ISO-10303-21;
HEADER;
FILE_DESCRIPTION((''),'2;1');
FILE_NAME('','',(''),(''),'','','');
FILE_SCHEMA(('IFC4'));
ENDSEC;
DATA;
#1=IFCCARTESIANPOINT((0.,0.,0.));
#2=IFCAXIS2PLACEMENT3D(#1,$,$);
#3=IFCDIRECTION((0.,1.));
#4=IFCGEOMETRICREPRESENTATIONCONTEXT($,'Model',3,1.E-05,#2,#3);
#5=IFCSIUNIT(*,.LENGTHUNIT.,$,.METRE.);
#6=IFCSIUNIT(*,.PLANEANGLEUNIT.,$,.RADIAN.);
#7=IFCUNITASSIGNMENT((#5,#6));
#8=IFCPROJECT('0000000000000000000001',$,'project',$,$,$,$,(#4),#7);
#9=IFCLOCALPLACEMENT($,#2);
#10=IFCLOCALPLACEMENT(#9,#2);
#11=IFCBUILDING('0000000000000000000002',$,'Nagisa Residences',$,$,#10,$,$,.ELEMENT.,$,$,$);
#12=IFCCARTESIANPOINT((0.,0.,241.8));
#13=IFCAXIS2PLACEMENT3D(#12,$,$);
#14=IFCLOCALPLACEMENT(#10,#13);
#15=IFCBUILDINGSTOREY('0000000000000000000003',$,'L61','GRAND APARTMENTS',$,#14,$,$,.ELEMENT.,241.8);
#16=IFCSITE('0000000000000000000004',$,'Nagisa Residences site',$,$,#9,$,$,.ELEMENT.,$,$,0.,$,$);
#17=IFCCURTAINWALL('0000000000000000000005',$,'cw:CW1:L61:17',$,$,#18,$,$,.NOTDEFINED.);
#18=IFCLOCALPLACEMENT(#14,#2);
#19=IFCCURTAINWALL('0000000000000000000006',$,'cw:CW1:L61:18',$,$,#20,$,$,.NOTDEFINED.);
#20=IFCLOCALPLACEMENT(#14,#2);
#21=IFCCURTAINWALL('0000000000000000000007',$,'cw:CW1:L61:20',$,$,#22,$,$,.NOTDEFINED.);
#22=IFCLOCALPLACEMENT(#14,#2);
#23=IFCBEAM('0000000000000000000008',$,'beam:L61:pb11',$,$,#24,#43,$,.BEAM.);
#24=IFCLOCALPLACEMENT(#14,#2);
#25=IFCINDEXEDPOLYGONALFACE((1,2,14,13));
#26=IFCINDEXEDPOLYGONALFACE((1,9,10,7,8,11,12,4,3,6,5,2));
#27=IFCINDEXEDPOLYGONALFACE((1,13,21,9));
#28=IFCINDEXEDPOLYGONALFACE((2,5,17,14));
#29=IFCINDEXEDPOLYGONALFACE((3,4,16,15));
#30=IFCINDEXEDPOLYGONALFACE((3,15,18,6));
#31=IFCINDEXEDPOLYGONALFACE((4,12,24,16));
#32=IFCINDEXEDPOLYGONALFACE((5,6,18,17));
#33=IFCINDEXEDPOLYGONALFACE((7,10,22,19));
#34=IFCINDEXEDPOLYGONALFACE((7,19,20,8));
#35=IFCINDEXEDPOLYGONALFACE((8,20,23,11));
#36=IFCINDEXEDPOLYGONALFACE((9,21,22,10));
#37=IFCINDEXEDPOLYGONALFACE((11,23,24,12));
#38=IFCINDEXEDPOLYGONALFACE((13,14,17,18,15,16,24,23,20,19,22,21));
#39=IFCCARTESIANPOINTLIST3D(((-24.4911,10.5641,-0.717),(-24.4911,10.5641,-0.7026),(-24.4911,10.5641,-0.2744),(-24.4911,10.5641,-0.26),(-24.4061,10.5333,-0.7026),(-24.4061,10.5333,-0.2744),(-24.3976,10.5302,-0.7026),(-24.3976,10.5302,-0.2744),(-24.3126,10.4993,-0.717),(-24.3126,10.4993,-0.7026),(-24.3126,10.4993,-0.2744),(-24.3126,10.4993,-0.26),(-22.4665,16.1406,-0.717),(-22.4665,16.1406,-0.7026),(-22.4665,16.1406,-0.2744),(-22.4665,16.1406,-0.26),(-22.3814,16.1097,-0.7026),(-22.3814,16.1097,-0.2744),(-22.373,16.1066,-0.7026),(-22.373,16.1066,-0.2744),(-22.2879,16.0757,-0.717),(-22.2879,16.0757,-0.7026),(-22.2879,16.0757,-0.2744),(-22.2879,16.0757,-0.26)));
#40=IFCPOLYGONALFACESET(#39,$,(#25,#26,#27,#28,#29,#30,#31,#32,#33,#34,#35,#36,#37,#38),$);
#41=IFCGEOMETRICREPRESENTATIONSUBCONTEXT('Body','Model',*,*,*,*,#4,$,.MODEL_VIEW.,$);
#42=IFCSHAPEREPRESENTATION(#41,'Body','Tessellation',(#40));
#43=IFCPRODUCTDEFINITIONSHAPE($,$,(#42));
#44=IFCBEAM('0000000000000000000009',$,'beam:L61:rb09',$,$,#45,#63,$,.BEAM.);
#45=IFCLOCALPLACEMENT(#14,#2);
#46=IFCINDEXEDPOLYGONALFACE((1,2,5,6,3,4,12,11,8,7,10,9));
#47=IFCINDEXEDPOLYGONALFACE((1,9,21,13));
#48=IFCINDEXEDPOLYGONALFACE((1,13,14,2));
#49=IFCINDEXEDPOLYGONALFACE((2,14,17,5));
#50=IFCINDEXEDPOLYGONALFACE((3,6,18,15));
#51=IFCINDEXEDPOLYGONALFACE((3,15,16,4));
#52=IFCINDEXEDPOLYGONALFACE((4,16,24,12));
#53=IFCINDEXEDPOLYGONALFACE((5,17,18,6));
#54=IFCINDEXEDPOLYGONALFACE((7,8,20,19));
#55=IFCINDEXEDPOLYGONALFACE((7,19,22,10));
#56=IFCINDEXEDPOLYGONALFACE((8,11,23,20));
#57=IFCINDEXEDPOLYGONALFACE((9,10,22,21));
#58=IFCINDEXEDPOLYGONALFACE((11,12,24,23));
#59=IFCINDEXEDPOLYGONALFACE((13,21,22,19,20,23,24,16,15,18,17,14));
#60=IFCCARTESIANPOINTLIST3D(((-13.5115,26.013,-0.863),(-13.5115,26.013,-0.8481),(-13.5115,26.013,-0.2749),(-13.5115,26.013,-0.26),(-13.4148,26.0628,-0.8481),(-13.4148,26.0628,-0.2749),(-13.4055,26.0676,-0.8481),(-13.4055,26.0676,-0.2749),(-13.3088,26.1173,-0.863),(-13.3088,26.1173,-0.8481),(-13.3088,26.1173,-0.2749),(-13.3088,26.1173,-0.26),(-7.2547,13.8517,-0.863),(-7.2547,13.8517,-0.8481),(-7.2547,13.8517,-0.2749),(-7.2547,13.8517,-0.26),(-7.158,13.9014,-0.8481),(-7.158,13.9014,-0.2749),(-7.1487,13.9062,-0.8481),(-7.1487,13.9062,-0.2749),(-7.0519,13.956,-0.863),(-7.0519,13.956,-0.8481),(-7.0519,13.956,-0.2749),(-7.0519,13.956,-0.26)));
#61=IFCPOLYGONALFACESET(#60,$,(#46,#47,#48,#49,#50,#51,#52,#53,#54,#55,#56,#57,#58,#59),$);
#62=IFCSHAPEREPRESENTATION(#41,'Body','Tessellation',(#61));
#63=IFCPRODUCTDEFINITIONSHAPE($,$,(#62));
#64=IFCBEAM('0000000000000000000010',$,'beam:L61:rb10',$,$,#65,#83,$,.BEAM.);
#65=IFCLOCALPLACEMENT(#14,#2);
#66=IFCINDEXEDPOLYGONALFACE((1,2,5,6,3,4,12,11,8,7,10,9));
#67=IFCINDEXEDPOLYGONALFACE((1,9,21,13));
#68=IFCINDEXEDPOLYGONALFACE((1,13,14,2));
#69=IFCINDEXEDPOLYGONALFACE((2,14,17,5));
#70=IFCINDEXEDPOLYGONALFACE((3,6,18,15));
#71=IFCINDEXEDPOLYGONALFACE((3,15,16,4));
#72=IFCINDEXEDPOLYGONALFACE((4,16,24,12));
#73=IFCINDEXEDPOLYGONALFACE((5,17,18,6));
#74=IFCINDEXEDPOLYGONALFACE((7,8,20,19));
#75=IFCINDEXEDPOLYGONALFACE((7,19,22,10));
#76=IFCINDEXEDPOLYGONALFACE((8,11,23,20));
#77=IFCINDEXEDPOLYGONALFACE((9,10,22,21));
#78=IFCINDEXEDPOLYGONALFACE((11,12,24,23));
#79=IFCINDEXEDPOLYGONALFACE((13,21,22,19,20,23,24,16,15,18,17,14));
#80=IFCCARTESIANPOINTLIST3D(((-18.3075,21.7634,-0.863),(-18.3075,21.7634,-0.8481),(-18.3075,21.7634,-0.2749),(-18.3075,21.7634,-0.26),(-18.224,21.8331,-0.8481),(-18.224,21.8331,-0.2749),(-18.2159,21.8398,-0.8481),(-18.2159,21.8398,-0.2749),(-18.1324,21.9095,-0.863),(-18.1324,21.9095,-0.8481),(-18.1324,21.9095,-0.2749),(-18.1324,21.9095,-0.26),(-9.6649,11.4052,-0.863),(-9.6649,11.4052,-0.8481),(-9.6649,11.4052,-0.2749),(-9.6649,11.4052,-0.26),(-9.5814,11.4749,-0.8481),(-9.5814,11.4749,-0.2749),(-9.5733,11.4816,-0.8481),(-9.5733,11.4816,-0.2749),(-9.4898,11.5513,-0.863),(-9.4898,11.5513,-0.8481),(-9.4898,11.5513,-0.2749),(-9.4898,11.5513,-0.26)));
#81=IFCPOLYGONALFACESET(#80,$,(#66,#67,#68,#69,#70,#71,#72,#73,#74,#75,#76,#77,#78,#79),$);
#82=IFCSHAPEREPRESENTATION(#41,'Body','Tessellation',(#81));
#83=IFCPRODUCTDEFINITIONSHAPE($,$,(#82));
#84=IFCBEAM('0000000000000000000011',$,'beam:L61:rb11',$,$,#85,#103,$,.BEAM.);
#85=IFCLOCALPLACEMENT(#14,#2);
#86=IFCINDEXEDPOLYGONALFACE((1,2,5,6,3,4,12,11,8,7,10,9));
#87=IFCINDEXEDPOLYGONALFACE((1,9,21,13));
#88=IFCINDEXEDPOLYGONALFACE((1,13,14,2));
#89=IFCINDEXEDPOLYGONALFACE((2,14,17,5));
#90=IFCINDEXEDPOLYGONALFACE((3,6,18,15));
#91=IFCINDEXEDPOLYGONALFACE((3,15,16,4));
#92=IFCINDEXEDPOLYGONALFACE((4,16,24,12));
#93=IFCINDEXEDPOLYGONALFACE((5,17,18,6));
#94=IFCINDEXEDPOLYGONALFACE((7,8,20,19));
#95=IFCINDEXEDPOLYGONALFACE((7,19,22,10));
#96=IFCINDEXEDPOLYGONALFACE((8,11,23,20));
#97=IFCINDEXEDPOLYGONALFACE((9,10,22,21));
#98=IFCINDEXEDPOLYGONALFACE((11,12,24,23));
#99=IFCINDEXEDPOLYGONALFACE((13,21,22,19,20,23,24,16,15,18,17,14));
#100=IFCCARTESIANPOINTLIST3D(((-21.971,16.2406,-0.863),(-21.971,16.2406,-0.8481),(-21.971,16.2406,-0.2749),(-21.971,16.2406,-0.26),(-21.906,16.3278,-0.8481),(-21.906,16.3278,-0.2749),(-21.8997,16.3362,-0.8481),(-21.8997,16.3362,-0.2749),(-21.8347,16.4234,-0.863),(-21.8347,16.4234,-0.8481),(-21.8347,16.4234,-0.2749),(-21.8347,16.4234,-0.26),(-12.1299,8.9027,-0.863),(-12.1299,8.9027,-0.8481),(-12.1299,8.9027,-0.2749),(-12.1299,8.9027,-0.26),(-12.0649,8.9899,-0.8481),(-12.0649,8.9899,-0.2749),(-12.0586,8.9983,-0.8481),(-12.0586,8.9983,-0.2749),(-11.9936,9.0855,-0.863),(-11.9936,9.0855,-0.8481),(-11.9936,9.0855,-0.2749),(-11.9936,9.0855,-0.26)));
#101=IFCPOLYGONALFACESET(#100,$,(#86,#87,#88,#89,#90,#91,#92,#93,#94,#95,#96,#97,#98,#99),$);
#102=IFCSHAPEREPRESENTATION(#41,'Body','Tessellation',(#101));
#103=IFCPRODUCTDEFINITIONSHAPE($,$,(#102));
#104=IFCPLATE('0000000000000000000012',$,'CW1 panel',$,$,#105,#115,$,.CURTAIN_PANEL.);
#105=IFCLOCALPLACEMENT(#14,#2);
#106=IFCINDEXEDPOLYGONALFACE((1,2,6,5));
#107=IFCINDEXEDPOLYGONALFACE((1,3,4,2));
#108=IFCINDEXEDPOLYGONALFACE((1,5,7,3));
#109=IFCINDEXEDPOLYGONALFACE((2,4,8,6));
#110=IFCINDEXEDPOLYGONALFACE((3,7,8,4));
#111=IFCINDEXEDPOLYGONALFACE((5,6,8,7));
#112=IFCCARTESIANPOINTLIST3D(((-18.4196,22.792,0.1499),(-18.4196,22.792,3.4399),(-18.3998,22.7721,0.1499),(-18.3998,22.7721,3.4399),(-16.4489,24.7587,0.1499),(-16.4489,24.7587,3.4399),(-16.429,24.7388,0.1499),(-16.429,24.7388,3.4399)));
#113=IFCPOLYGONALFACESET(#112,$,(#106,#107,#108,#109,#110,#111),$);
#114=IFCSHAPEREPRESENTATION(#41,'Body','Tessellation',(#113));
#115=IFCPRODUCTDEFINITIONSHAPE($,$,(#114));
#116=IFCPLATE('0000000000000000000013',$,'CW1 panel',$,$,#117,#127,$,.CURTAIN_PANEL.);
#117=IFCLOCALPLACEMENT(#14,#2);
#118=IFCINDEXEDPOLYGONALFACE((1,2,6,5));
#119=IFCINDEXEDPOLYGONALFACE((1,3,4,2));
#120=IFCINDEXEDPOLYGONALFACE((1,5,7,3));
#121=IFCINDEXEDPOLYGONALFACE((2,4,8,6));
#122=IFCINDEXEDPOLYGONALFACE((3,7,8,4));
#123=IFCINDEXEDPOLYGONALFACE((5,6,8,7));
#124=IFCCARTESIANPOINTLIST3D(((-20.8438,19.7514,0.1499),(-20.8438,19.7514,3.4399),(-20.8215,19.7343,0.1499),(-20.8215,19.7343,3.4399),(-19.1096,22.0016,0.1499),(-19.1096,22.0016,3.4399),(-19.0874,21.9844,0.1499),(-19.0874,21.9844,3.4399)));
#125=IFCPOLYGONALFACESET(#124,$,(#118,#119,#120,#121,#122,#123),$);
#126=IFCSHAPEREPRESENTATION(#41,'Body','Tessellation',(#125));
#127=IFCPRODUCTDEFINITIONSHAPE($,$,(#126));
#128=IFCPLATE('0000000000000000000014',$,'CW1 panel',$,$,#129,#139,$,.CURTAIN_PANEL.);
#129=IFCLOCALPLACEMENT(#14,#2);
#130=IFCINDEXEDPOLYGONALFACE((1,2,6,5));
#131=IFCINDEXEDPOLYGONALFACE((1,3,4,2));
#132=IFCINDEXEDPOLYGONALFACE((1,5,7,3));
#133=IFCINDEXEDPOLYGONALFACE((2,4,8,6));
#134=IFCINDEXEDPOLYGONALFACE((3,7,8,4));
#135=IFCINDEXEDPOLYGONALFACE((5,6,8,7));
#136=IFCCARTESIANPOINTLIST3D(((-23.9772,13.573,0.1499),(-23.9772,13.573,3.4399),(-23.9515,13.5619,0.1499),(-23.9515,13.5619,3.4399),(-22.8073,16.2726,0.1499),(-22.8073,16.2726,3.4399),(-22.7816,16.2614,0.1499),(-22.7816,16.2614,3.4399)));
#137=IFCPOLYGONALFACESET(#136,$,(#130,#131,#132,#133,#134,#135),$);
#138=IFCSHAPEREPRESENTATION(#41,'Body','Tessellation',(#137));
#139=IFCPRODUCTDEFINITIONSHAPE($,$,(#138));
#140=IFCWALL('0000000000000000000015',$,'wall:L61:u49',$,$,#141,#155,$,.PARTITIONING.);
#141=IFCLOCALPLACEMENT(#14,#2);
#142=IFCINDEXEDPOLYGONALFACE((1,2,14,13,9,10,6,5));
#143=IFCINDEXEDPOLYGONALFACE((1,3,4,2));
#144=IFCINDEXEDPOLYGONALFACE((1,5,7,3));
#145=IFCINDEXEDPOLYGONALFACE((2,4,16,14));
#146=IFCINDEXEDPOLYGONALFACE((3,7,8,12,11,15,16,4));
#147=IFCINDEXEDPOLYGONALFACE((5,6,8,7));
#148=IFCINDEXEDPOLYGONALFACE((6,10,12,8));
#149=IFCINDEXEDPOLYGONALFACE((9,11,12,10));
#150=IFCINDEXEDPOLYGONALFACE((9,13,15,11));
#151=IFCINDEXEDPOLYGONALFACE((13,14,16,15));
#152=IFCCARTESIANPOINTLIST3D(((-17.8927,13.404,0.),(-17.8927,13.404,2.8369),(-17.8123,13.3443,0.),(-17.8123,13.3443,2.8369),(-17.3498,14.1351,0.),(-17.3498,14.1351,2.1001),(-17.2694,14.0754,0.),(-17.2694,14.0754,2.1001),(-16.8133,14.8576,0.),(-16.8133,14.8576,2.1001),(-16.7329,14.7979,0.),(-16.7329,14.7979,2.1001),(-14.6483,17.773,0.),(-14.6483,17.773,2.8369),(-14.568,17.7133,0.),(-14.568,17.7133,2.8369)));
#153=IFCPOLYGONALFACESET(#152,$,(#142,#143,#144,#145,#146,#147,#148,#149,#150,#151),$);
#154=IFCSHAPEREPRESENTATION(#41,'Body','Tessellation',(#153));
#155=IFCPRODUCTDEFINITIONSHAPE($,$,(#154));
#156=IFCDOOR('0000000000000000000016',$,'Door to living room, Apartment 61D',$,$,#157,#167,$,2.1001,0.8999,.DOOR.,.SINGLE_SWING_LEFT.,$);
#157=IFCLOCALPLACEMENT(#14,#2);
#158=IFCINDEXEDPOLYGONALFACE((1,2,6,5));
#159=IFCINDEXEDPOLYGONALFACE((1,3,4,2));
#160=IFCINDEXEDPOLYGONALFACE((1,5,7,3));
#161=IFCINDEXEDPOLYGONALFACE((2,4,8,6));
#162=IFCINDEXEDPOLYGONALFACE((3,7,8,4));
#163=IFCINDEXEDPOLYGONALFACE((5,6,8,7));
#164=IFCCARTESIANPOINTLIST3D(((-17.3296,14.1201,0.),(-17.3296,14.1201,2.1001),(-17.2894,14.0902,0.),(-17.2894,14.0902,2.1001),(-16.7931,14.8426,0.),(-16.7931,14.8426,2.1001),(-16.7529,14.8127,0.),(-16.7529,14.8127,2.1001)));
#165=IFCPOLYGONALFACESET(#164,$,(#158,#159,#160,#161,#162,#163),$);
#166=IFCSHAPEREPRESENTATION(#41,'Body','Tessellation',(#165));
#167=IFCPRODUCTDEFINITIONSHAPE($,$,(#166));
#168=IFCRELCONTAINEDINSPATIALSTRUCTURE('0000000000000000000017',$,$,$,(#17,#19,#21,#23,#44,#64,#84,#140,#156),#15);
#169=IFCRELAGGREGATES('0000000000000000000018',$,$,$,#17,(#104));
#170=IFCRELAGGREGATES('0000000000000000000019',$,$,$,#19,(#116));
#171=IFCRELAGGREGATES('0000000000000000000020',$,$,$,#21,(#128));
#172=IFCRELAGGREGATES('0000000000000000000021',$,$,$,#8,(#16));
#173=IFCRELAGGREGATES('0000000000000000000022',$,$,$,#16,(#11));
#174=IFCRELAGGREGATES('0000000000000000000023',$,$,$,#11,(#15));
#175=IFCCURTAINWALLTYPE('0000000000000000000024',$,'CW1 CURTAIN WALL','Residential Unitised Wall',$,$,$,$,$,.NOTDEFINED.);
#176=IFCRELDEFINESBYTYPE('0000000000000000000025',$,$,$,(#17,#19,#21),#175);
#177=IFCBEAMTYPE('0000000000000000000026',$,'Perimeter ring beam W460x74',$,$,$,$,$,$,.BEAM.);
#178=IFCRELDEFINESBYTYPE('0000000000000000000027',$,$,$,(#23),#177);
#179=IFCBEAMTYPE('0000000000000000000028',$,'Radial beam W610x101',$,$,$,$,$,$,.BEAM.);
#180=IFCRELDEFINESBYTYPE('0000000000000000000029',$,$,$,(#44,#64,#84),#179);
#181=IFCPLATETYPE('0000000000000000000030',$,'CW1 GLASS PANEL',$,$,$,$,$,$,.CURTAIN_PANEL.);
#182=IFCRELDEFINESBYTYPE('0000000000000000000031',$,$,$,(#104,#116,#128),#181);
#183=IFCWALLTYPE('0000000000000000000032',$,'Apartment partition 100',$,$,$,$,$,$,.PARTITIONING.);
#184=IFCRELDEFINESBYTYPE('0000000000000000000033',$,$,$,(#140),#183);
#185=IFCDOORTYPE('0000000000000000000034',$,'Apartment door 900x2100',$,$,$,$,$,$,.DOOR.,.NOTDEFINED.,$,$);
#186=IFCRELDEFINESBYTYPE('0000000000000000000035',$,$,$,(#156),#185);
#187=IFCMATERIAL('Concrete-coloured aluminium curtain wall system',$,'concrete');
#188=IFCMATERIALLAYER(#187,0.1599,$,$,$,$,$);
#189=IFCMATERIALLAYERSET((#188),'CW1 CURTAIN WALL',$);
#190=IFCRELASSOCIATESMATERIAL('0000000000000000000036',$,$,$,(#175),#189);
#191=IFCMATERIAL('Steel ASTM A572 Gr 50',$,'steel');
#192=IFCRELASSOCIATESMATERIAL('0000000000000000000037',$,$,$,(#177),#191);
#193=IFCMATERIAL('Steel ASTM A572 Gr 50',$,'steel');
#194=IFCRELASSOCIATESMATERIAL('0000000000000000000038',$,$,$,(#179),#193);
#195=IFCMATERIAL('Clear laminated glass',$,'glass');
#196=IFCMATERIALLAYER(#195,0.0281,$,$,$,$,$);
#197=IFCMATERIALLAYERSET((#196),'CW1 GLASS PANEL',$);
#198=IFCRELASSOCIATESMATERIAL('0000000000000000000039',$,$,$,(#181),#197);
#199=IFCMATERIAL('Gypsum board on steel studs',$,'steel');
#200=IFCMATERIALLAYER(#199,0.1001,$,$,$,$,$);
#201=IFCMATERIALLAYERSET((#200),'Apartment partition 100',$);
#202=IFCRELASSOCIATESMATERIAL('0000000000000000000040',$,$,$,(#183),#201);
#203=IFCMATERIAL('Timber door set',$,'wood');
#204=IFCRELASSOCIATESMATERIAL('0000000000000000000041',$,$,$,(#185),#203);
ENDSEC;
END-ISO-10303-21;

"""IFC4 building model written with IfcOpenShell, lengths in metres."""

from ifc_helpers import new_model, si_unit, direction, frame, frame_2d, origin, origin_2d, place, context, subcontext, project, spatial, rectangle, i_section, extrude, material, layer, layer_set, material_profile, profile_set, type_object, element, fill, aggregate, save


model = new_model("IFC4")

# Units and contexts
model_context = context("Model", 3, precision=1e-05, world=origin(), true_north=direction((0.0, 1.0)))
body_context = subcontext(model_context, "Body", "Model", "MODEL_VIEW")
ifc_project = project(units=[si_unit("LENGTHUNIT", "METRE"), si_unit("PLANEANGLEUNIT", "RADIAN")], contexts=[model_context])

# Site, building, storey
site_placement = place(None, origin())
site = spatial("IfcSite", under=ifc_project, at=site_placement, Name="Nagisa Residences site", CompositionType="ELEMENT", RefElevation=0.0)
building_placement = place(site_placement, origin())
building = spatial("IfcBuilding", under=site, at=building_placement, Name="Nagisa Residences", CompositionType="ELEMENT")
storey_placement = place(building_placement, frame((0.0, 0.0, 241.8)))
storey = spatial("IfcBuildingStorey", under=building, at=storey_placement, Name="L61", Description="GRAND APARTMENTS", CompositionType="ELEMENT", Elevation=241.8)

# Curtain walls
ifc_material_1 = material(Name="Concrete-coloured aluminium curtain wall system", Category="concrete")
ifc_layer_1 = layer(ifc_material_1, 0.1599)
ifc_layer_set_1 = layer_set([ifc_layer_1], Name="CW1 CURTAIN WALL")
curtain_wall_type = type_object("IfcCurtainWallType", Name="CW1 CURTAIN WALL", Description="Residential Unitised Wall", PredefinedType="NOTDEFINED", material=ifc_layer_set_1)
curtain_wall_1_placement = place(storey_placement, origin())
curtain_wall_1 = element("IfcCurtainWall", 1, at=curtain_wall_1_placement, inside=storey, type_object=curtain_wall_type, Name="cw:CW1:L61:17", PredefinedType="NOTDEFINED")
curtain_wall_2_placement = place(storey_placement, origin())
curtain_wall_2 = element("IfcCurtainWall", 2, at=curtain_wall_2_placement, inside=storey, type_object=curtain_wall_type, Name="cw:CW1:L61:18", PredefinedType="NOTDEFINED")
curtain_wall_3_placement = place(storey_placement, origin())
curtain_wall_3 = element("IfcCurtainWall", 3, at=curtain_wall_3_placement, inside=storey, type_object=curtain_wall_type, Name="cw:CW1:L61:20", PredefinedType="NOTDEFINED")

# Beams
ifc_material_2 = material(Name="Steel ASTM A572 Gr 50", Category="steel")
ifc_material_profile_1 = material_profile(ifc_material_2, i_section(OverallWidth=0.1899, OverallDepth=0.457, WebThickness=0.009, FlangeThickness=0.0144, at=origin_2d()), Name="W460x74")
ifc_profile_set_1 = profile_set([ifc_material_profile_1], Name="Steel ASTM A572 Gr 50")
beam_type_1 = type_object("IfcBeamType", Name="Perimeter ring beam W460x74", PredefinedType="BEAM", material=ifc_profile_set_1)
beam_1_placement = place(storey_placement, frame((-22.3772, 16.1082, -0.4885), z_axis=(-0.341277, -0.939963, 0.0), x_axis=(0.939963, -0.341277, 0.0)))
element("IfcBeam", 4, at=beam_1_placement, inside=storey, type_object=beam_type_1, Name="beam:L61:pb11", PredefinedType="BEAM", context=body_context, shape_type="SweptSolid", body=[
    extrude(i_section(OverallWidth=0.1899, OverallDepth=0.457, WebThickness=0.009, FlangeThickness=0.0144, at=origin_2d()), origin(), (0.0, 0.0, 1.0), 5.9326),
])
ifc_material_3 = material(Name="Steel ASTM A572 Gr 50", Category="steel")
ifc_material_profile_2 = material_profile(ifc_material_3, i_section(OverallWidth=0.228, OverallDepth=0.603, WebThickness=0.0105, FlangeThickness=0.0149, at=origin_2d()), Name="W610x101")
ifc_profile_set_2 = profile_set([ifc_material_profile_2], Name="Steel ASTM A572 Gr 50")
beam_type_2 = type_object("IfcBeamType", Name="Radial beam W610x101", PredefinedType="BEAM", material=ifc_profile_set_2)
beam_2_placement = place(storey_placement, frame((-13.4102, 26.0652, -0.5615), z_axis=(0.457488, -0.889216, 0.0), x_axis=(0.889216, 0.457488, 0.0)))
element("IfcBeam", 5, at=beam_2_placement, inside=storey, type_object=beam_type_2, Name="beam:L61:rb09", PredefinedType="BEAM", context=body_context, shape_type="SweptSolid", body=[
    extrude(i_section(OverallWidth=0.228, OverallDepth=0.603, WebThickness=0.0105, FlangeThickness=0.0149, at=origin_2d()), origin(), (0.0, 0.0, 1.0), 13.6765),
])
beam_3_placement = place(storey_placement, frame((-18.22, 21.8364, -0.5615), z_axis=(0.640656, -0.767828, 0.0), x_axis=(0.767828, 0.640656, 0.0)))
element("IfcBeam", 6, at=beam_3_placement, inside=storey, type_object=beam_type_2, Name="beam:L61:rb10", PredefinedType="BEAM", context=body_context, shape_type="SweptSolid", body=[
    extrude(i_section(OverallWidth=0.228, OverallDepth=0.603, WebThickness=0.0105, FlangeThickness=0.0149, at=origin_2d()), origin(), (0.0, 0.0, 1.0), 13.4902),
])
beam_4_placement = place(storey_placement, frame((-21.9028, 16.332, -0.5615), z_axis=(0.801675, -0.597761, 0.0), x_axis=(0.597761, 0.801675, 0.0)))
element("IfcBeam", 7, at=beam_4_placement, inside=storey, type_object=beam_type_2, Name="beam:L61:rb11", PredefinedType="BEAM", context=body_context, shape_type="SweptSolid", body=[
    extrude(i_section(OverallWidth=0.228, OverallDepth=0.603, WebThickness=0.0105, FlangeThickness=0.0149, at=origin_2d()), origin(), (0.0, 0.0, 1.0), 12.2756),
])

# Plates
ifc_material_4 = material(Name="Clear laminated glass", Category="glass")
ifc_layer_2 = layer(ifc_material_4, 0.0281)
ifc_layer_set_2 = layer_set([ifc_layer_2], Name="CW1 GLASS PANEL")
plate_type = type_object("IfcPlateType", Name="CW1 GLASS PANEL", PredefinedType="CURTAIN_PANEL", material=ifc_layer_set_2)
plate_1_placement = place(storey_placement, frame((-17.4243, 23.7654, 0.1499), z_axis=(0.0, 0.0, 1.0), x_axis=(-0.707836, -0.706377, 0.0)))
plate_1 = element("IfcPlate", 8, at=plate_1_placement, type_object=plate_type, Name="CW1 panel", PredefinedType="CURTAIN_PANEL", context=body_context, shape_type="SweptSolid", body=[
    extrude(rectangle(XDim=2.7842, YDim=0.0281, at=origin_2d()), origin(), (0.0, 0.0, 1.0), 3.29),
])
aggregate(curtain_wall_1, [plate_1])
plate_2_placement = place(storey_placement, frame((-19.9656, 20.8679, 0.1499), z_axis=(0.0, 0.0, 1.0), x_axis=(-0.61043, -0.79207, 0.0)))
plate_2 = element("IfcPlate", 9, at=plate_2_placement, type_object=plate_type, Name="CW1 panel", PredefinedType="CURTAIN_PANEL", context=body_context, shape_type="SweptSolid", body=[
    extrude(rectangle(XDim=2.8408, YDim=0.0281, at=origin_2d()), origin(), (0.0, 0.0, 1.0), 3.29),
])
aggregate(curtain_wall_2, [plate_2])
plate_3_placement = place(storey_placement, frame((-23.3794, 14.9172, 0.1499), z_axis=(0.0, 0.0, 1.0), x_axis=(-0.397636, -0.917543, 0.0)))
plate_3 = element("IfcPlate", 10, at=plate_3_placement, type_object=plate_type, Name="CW1 panel", PredefinedType="CURTAIN_PANEL", context=body_context, shape_type="SweptSolid", body=[
    extrude(rectangle(XDim=2.9421, YDim=0.0281, at=origin_2d()), origin(), (0.0, 0.0, 1.0), 3.29),
])
aggregate(curtain_wall_3, [plate_3])

# Wall, opening, door
ifc_material_5 = material(Name="Gypsum board on steel studs", Category="steel")
ifc_layer_3 = layer(ifc_material_5, 0.1001)
ifc_layer_set_3 = layer_set([ifc_layer_3], Name="Apartment partition 100")
wall_type_1 = type_object("IfcWallType", Name="Apartment partition 100", PredefinedType="PARTITIONING", material=ifc_layer_set_3)
wall_1_placement = place(storey_placement, frame((-14.6082, 17.7432, 0.0), z_axis=(0.0, 0.0, 1.0), x_axis=(-0.596174, -0.802855, 0.0)))
wall_1 = element("IfcWall", 11, at=wall_1_placement, inside=storey, type_object=wall_type_1, Name="wall:L61:u49", PredefinedType="PARTITIONING", context=body_context, shape_type="SweptSolid", body=[
    extrude(rectangle(XDim=5.4419, YDim=0.1001, at=frame_2d((2.7209, 0.0))), origin(), (0.0, 0.0, 1.0), 2.8369),
])
opening_1_placement = place(wall_1_placement, frame((3.6313, 0.0, 0.0)))
opening_1 = element("IfcOpeningElement", 12, at=opening_1_placement, cuts=wall_1, PredefinedType="OPENING", context=body_context, shape_type="SweptSolid", body=[
    extrude(rectangle(XDim=0.8999, YDim=2.1001, at=frame_2d((0.45, 1.05))), frame((0.0, 0.0601, 0.0), z_axis=(0.0, -1.0, 0.0), x_axis=(1.0, 0.0, 0.0)), (0.0, 0.0, 1.0), 0.1201),
])
ifc_material_6 = material(Name="Timber door set", Category="wood")
door_type_1 = type_object("IfcDoorType", Name="Apartment door 900x2100", OperationType="NOTDEFINED", PredefinedType="DOOR", material=ifc_material_6)
door_1_placement = place(opening_1_placement, frame((0.8999, 0.0, 0.0), x_axis=(-1.0, 0.0, 0.0)))
door_1 = element("IfcDoor", 13, at=door_1_placement, inside=storey, type_object=door_type_1, Name="Door to living room, Apartment 61D", OperationType="SINGLE_SWING_LEFT", OverallHeight=2.1001, OverallWidth=0.8999, PredefinedType="DOOR", context=body_context, shape_type="SweptSolid", body=[
    extrude(rectangle(XDim=0.8999, YDim=2.1001, at=frame_2d((0.45, 1.05))), frame((0.0, 0.0249, 0.0), z_axis=(0.0, -1.0, 0.0), x_axis=(1.0, 0.0, 0.0)), (0.0, 0.0, 1.0), 0.05),
])
fill(opening_1, door_1)

save(model, "model.ifc")
